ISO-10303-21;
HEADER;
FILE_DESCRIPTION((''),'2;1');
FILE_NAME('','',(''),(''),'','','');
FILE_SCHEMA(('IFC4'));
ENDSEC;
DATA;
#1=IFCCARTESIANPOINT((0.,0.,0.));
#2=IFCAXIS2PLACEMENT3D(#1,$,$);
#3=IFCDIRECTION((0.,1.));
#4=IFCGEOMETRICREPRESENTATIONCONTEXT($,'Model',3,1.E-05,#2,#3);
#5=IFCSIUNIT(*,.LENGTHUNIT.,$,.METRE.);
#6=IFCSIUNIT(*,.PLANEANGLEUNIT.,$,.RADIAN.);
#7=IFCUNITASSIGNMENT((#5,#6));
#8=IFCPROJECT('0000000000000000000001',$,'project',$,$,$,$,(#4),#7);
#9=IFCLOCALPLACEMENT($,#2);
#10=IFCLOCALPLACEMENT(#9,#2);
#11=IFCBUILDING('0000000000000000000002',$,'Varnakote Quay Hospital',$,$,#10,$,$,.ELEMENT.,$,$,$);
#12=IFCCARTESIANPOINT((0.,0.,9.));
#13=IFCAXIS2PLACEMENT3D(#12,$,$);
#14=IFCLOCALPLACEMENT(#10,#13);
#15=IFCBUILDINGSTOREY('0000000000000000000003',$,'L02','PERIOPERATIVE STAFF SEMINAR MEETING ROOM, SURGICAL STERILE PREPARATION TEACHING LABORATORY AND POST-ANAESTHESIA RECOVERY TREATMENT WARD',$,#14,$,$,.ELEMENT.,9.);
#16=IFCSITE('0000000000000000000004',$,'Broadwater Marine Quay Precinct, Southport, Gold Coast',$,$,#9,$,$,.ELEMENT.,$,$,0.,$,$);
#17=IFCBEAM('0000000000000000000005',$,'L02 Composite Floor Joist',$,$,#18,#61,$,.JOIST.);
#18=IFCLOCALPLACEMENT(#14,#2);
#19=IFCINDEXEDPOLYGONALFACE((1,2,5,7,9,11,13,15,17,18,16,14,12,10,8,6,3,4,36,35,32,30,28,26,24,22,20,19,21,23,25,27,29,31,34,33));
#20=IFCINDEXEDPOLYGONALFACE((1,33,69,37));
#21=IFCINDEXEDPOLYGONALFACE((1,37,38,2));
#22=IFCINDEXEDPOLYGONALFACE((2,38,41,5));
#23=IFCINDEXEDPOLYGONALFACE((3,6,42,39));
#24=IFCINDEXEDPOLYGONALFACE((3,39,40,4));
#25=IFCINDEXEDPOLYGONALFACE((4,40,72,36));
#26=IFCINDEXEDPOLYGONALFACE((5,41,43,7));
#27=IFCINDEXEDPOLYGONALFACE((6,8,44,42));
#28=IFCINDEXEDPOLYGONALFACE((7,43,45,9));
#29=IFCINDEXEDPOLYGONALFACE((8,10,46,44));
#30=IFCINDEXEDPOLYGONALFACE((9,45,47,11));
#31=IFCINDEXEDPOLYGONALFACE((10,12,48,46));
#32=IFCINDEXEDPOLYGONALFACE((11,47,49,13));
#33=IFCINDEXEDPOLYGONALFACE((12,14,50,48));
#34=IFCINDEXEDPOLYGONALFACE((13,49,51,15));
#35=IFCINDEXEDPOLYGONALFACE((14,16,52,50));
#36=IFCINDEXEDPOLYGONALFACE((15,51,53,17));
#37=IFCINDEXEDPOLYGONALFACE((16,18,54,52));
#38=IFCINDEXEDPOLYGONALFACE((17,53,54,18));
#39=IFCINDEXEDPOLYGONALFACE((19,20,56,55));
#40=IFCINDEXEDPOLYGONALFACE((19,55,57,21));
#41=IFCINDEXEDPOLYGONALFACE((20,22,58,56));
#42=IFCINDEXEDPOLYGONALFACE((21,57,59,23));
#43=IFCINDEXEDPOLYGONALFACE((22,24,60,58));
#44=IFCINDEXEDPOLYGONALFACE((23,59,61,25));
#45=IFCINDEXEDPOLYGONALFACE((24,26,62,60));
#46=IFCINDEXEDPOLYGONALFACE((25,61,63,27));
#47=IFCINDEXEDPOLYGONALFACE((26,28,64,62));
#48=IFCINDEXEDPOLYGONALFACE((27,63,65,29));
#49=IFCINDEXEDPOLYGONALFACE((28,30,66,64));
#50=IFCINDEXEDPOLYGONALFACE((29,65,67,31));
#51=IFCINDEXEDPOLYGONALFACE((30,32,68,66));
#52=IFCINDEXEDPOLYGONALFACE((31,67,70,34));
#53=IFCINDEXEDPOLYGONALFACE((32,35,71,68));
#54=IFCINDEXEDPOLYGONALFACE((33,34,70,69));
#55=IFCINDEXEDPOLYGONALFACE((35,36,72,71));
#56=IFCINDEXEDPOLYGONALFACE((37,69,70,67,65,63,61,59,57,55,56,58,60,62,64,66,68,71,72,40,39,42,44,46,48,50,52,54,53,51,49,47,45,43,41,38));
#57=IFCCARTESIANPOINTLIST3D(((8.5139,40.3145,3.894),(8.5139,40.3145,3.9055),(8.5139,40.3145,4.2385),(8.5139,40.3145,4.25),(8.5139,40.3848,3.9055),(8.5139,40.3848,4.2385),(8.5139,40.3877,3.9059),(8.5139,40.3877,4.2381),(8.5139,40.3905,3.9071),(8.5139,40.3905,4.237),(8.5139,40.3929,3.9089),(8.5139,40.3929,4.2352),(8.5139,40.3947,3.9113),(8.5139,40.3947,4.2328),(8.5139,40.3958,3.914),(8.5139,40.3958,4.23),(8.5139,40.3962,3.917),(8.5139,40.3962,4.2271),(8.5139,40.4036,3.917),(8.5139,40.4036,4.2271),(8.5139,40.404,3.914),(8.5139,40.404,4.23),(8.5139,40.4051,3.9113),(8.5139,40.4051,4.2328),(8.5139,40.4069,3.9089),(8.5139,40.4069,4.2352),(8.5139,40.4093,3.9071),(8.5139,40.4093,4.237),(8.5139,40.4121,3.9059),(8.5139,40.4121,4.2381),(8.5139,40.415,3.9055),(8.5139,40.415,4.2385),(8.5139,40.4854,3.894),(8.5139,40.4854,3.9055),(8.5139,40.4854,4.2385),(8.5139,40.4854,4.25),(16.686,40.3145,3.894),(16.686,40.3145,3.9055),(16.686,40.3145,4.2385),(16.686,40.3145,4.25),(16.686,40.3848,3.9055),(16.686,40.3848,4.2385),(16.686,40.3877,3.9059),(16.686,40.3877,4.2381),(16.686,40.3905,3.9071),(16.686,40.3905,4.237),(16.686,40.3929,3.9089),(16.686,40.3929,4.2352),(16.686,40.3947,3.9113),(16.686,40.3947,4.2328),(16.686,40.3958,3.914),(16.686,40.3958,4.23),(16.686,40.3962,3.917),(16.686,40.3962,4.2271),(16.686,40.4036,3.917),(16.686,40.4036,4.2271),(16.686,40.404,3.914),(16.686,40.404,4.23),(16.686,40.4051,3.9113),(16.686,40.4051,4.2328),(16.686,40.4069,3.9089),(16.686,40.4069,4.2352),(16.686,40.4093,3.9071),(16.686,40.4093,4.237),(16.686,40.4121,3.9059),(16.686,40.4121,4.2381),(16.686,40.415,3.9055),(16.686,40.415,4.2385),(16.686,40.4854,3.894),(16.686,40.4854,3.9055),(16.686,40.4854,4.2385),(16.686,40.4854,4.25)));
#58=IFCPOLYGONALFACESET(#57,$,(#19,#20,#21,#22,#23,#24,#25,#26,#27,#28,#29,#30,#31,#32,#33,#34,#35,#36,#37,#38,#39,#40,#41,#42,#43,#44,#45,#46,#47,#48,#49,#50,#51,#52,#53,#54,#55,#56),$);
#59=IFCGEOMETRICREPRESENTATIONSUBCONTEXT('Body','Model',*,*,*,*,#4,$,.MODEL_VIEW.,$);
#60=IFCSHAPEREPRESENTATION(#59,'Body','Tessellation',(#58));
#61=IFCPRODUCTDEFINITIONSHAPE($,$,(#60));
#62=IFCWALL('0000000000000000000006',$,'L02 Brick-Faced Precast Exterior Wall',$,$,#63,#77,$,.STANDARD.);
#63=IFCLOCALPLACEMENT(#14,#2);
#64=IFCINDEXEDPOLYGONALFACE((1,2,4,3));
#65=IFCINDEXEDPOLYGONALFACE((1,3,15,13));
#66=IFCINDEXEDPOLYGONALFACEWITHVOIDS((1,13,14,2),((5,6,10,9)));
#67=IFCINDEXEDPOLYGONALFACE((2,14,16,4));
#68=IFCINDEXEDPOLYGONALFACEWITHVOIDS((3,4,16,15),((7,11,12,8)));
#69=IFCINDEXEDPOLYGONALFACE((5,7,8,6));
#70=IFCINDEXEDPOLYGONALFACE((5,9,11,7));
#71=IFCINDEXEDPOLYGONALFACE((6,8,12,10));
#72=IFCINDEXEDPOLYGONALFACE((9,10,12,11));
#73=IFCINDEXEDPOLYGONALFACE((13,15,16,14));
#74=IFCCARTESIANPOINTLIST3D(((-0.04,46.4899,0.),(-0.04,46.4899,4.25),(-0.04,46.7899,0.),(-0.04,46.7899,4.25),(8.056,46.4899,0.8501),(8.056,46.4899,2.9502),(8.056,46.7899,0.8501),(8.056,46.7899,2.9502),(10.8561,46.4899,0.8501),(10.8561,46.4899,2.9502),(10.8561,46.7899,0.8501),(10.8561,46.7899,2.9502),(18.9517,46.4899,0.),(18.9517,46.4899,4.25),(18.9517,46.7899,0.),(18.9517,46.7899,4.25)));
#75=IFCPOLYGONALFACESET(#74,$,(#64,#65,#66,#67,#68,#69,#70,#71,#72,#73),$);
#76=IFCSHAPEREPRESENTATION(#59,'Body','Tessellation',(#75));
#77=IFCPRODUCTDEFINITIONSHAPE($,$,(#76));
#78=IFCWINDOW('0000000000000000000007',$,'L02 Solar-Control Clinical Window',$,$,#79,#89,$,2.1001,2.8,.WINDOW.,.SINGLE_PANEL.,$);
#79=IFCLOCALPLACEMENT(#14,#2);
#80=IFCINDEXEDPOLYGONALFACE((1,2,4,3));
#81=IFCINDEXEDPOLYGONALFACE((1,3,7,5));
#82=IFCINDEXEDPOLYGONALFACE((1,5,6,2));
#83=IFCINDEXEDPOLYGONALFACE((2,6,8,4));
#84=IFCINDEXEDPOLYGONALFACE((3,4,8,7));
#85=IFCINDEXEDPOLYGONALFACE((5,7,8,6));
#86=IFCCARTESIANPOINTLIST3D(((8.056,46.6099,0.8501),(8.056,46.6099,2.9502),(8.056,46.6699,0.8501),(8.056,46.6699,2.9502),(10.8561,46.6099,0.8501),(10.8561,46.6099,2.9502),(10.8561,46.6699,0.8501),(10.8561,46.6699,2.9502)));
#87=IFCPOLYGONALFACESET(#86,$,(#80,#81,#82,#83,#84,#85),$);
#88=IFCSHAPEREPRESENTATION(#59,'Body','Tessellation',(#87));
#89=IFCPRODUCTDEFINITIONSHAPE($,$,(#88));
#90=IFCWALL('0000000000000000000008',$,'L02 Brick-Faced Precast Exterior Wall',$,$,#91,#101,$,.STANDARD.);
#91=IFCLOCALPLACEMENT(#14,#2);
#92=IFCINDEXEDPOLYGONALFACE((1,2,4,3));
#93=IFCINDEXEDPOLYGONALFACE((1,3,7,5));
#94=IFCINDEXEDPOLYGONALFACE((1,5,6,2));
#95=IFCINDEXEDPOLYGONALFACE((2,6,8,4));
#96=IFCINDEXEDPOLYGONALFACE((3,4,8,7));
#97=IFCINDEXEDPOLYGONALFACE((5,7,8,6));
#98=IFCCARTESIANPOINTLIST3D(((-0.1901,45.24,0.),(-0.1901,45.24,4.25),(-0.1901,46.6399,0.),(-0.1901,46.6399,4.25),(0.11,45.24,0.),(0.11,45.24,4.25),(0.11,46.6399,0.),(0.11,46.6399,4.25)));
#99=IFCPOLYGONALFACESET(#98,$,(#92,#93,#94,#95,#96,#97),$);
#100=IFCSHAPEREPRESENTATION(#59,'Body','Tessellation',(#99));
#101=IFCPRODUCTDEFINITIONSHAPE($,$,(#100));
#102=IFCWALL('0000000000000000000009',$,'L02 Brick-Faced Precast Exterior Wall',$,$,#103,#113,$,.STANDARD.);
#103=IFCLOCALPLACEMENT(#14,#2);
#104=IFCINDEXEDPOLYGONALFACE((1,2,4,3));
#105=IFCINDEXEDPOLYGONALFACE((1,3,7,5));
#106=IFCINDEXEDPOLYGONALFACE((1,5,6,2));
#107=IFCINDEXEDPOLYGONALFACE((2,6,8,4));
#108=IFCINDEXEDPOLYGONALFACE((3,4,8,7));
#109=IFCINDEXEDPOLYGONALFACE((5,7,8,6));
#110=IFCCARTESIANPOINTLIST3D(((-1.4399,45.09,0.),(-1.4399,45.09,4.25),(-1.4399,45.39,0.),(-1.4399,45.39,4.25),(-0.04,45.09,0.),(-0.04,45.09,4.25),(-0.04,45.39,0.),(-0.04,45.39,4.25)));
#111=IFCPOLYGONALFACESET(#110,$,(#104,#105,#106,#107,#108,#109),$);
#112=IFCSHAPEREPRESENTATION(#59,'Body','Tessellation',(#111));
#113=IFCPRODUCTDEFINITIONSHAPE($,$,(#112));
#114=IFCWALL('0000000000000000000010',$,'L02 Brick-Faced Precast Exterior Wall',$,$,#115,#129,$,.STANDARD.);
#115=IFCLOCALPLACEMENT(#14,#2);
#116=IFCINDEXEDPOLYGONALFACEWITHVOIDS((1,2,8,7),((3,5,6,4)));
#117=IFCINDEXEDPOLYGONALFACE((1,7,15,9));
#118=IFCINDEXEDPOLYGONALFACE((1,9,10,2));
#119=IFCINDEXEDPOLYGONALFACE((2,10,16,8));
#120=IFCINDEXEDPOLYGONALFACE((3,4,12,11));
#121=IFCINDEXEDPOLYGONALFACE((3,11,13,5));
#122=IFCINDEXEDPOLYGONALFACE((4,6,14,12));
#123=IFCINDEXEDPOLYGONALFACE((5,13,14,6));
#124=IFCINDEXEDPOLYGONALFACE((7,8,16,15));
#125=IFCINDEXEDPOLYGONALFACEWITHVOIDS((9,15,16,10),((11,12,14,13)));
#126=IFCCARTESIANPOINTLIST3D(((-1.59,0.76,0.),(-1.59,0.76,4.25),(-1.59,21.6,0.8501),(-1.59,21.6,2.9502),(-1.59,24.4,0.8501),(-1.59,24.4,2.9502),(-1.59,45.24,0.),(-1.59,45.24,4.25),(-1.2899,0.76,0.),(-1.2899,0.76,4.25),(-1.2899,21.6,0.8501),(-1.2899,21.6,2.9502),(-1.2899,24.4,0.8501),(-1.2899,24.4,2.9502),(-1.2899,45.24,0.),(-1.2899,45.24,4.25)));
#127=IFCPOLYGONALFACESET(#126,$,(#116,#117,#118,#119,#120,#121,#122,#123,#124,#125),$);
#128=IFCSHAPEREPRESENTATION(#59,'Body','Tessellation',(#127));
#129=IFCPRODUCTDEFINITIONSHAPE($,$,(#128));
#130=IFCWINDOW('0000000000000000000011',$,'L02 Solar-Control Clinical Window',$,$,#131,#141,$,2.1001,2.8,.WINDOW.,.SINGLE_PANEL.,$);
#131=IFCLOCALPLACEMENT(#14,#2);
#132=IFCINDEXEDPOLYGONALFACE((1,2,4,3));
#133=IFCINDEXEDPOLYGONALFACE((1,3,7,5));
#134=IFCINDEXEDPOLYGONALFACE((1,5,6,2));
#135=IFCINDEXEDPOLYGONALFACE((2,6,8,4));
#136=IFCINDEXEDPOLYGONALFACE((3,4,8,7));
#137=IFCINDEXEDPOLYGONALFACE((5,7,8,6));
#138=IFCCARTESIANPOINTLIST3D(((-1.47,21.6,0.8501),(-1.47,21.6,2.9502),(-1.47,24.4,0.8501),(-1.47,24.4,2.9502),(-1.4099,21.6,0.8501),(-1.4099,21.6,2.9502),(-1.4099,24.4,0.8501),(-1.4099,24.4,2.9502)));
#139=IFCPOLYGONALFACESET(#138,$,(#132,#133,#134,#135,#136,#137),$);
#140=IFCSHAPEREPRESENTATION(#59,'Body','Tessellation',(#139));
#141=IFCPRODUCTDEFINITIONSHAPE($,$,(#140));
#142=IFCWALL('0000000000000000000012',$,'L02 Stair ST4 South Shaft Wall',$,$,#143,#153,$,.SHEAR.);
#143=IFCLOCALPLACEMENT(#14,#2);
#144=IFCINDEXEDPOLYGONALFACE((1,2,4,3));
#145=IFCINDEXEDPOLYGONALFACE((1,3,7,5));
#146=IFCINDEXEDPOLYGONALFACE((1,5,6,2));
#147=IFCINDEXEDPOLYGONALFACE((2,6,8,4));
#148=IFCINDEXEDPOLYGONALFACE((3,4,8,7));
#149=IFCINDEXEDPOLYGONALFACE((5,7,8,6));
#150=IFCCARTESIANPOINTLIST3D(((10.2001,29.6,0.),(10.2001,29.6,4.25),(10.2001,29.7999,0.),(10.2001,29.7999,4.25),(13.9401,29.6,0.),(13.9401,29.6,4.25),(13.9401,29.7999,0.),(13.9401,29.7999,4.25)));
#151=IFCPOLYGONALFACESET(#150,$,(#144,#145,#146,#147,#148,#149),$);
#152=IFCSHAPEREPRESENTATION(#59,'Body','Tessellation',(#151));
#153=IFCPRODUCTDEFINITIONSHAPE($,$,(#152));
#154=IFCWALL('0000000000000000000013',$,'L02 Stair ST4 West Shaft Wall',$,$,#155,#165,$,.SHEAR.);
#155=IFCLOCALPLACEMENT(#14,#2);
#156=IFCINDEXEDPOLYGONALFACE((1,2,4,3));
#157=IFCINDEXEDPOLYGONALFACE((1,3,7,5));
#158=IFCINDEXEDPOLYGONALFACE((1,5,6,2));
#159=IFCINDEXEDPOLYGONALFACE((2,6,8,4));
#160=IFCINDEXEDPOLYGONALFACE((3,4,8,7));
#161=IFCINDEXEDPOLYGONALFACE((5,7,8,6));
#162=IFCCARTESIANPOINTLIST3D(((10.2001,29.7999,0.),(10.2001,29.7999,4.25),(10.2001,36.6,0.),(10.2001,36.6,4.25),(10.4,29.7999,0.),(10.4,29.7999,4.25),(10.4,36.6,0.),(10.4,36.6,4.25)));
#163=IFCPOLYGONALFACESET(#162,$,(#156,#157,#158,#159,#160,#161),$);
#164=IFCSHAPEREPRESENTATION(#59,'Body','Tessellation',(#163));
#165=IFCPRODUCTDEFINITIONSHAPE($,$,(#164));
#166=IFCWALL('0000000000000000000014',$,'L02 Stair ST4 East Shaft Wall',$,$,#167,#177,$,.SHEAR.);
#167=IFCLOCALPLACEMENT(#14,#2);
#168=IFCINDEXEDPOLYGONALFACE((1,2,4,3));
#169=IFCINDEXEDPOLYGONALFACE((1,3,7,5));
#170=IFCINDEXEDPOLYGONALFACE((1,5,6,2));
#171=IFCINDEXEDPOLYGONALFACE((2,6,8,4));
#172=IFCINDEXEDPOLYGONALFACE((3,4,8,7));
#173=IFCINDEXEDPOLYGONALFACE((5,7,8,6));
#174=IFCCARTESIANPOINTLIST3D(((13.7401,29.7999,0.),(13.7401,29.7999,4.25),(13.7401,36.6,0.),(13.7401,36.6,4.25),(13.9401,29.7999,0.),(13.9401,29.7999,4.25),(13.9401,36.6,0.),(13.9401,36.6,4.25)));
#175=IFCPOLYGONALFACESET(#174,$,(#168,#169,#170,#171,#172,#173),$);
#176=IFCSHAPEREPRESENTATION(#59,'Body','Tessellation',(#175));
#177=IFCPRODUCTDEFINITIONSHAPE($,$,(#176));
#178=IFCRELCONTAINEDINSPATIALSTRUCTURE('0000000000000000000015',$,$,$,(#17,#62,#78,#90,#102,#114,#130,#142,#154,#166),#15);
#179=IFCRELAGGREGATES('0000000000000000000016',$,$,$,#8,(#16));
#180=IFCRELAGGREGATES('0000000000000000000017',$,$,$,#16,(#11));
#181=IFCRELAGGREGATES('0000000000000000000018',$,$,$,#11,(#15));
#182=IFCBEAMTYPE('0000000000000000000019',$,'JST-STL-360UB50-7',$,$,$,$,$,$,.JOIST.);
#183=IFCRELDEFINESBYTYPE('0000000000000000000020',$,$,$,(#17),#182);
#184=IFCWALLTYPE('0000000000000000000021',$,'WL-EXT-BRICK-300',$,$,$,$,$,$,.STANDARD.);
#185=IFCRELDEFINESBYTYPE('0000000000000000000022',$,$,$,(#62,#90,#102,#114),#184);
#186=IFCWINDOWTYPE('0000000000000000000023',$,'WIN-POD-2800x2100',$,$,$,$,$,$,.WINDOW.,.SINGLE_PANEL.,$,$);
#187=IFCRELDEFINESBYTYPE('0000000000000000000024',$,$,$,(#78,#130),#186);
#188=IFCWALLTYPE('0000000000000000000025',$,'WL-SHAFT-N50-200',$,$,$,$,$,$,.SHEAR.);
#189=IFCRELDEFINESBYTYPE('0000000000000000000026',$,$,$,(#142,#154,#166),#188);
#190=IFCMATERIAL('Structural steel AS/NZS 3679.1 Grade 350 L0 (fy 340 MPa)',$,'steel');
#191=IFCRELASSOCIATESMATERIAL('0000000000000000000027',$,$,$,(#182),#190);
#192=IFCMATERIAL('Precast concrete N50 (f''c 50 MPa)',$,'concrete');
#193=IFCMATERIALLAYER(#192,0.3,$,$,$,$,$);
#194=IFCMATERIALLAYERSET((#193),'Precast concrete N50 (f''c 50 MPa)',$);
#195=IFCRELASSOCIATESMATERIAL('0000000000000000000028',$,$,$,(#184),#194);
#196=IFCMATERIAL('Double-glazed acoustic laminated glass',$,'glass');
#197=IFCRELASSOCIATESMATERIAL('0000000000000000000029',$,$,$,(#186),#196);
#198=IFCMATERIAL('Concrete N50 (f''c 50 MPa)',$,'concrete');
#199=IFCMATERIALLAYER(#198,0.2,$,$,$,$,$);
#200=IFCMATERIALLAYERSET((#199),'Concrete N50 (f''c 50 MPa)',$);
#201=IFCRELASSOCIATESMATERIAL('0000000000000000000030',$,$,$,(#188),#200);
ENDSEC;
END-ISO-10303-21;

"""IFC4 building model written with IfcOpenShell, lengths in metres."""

from ifc_helpers import new_model, si_unit, direction, frame, frame_2d, origin, origin_2d, place, context, subcontext, project, spatial, rectangle, i_section, extrude, material, layer, layer_set, material_profile, profile_set, type_object, element, fill, save


model = new_model("IFC4")

# Units and contexts
model_context = context("Model", 3, precision=1e-05, world=origin(), true_north=direction((0.0, 1.0)))
body_context = subcontext(model_context, "Body", "Model", "MODEL_VIEW")
ifc_project = project(units=[si_unit("LENGTHUNIT", "METRE"), si_unit("PLANEANGLEUNIT", "RADIAN")], contexts=[model_context])

# Site, building, storey
site_placement = place(None, origin())
site = spatial("IfcSite", under=ifc_project, at=site_placement, Name="Broadwater Marine Quay Precinct, Southport, Gold Coast", CompositionType="ELEMENT", RefElevation=0.0)
building_placement = place(site_placement, origin())
building = spatial("IfcBuilding", under=site, at=building_placement, Name="Varnakote Quay Hospital", CompositionType="ELEMENT")
storey_placement = place(building_placement, frame((0.0, 0.0, 9.0)))
storey = spatial("IfcBuildingStorey", under=building, at=storey_placement, Name="L02", Description="PERIOPERATIVE STAFF SEMINAR MEETING ROOM, SURGICAL STERILE PREPARATION TEACHING LABORATORY AND POST-ANAESTHESIA RECOVERY TREATMENT WARD", CompositionType="ELEMENT", Elevation=9.0)

# Beam
ifc_material_1 = material(Name="Structural steel AS/NZS 3679.1 Grade 350 L0 (fy 340 MPa)", Category="steel")
ifc_material_profile_1 = material_profile(ifc_material_1, i_section(OverallWidth=0.1709, OverallDepth=0.356, WebThickness=0.0073, FlangeThickness=0.0115, FilletRadius=0.0115, at=origin_2d()), Name="360UB50.7")
ifc_profile_set_1 = profile_set([ifc_material_profile_1], Name="Structural steel AS/NZS 3679.1 Grade 350 L0 (fy 340 MPa)")
beam_type_1 = type_object("IfcBeamType", Name="JST-STL-360UB50-7", PredefinedType="JOIST", material=ifc_profile_set_1)
beam_1_placement = place(storey_placement, frame((8.5139, 40.3999, 4.072), z_axis=(1.0, 0.0, 0.0), x_axis=(0.0, 1.0, 0.0)))
element("IfcBeam", 1, at=beam_1_placement, inside=storey, type_object=beam_type_1, Name="L02 Composite Floor Joist", PredefinedType="JOIST", context=body_context, shape_type="SweptSolid", body=[
    extrude(i_section(OverallWidth=0.1709, OverallDepth=0.356, WebThickness=0.0073, FlangeThickness=0.0115, FilletRadius=0.0115, at=origin_2d()), origin(), (0.0, 0.0, 1.0), 8.1721),
])

# Wall, opening, window
ifc_material_2 = material(Name="Precast concrete N50 (f'c 50 MPa)", Category="concrete")
ifc_layer_1 = layer(ifc_material_2, 0.3)
ifc_layer_set_1 = layer_set([ifc_layer_1], Name="Precast concrete N50 (f'c 50 MPa)")
wall_type_1 = type_object("IfcWallType", Name="WL-EXT-BRICK-300", PredefinedType="STANDARD", material=ifc_layer_set_1)
wall_1_placement = place(storey_placement, frame((18.9517, 46.6399, 0.0), z_axis=(0.0, 0.0, 1.0), x_axis=(-1.0, 0.0, 0.0)))
wall_1 = element("IfcWall", 2, at=wall_1_placement, inside=storey, type_object=wall_type_1, Name="L02 Brick-Faced Precast Exterior Wall", PredefinedType="STANDARD", context=body_context, shape_type="SweptSolid", body=[
    extrude(rectangle(XDim=18.9917, YDim=0.3, at=frame_2d((9.4958, 0.0))), origin(), (0.0, 0.0, 1.0), 4.25),
])
opening_1_placement = place(wall_1_placement, frame((8.0957, 0.0, 0.8501)))
opening_1 = element("IfcOpeningElement", 3, at=opening_1_placement, cuts=wall_1, PredefinedType="OPENING", context=body_context, shape_type="SweptSolid", body=[
    extrude(rectangle(XDim=2.8, YDim=2.1001, at=frame_2d((1.3999, 1.05))), frame((0.0, 0.1599, 0.0), z_axis=(0.0, -1.0, 0.0), x_axis=(1.0, 0.0, 0.0)), (0.0, 0.0, 1.0), 0.3201),
])
ifc_material_3 = material(Name="Double-glazed acoustic laminated glass", Category="glass")
window_type = type_object("IfcWindowType", Name="WIN-POD-2800x2100", PartitioningType="SINGLE_PANEL", PredefinedType="WINDOW", material=ifc_material_3)
window_1_placement = place(opening_1_placement, origin())
window_1 = element("IfcWindow", 4, at=window_1_placement, inside=storey, type_object=window_type, Name="L02 Solar-Control Clinical Window", OverallHeight=2.1001, OverallWidth=2.8, PartitioningType="SINGLE_PANEL", PredefinedType="WINDOW", context=body_context, shape_type="SweptSolid", body=[
    extrude(rectangle(XDim=2.8, YDim=2.1001, at=frame_2d((1.3999, 1.05))), frame((0.0, 0.03, 0.0), z_axis=(0.0, -1.0, 0.0), x_axis=(1.0, 0.0, 0.0)), (0.0, 0.0, 1.0), 0.0601),
])
fill(opening_1, window_1)

# Walls
for number, where, z_axis, x_axis, name in (
    (5, (-0.04, 46.6399, 0.0), (0.0, 0.0, 1.0), (0.0, -1.0, 0.0), "L02 Brick-Faced Precast Exterior Wall"),
    (6, (-0.04, 45.24, 0.0), (0.0, 0.0, 1.0), (-1.0, 0.0, 0.0), "L02 Brick-Faced Precast Exterior Wall"),
):
    element("IfcWall", number, at=place(storey_placement, frame(where, z_axis=z_axis, x_axis=x_axis)), inside=storey, type_object=wall_type_1, Name=name, PredefinedType="STANDARD", context=body_context, shape_type="SweptSolid", body=[
        extrude(rectangle(XDim=1.3999, YDim=0.3, at=frame_2d((0.7, 0.0))), origin(), (0.0, 0.0, 1.0), 4.25),
    ])

# Wall, opening, window
wall_2_placement = place(storey_placement, frame((-1.4399, 45.24, 0.0), z_axis=(0.0, 0.0, 1.0), x_axis=(0.0, -1.0, 0.0)))
wall_2 = element("IfcWall", 7, at=wall_2_placement, inside=storey, type_object=wall_type_1, Name="L02 Brick-Faced Precast Exterior Wall", PredefinedType="STANDARD", context=body_context, shape_type="SweptSolid", body=[
    extrude(rectangle(XDim=44.48, YDim=0.3, at=frame_2d((22.24, 0.0))), origin(), (0.0, 0.0, 1.0), 4.25),
])
opening_2_placement = place(wall_2_placement, frame((20.8401, 0.0, 0.8501)))
opening_2 = element("IfcOpeningElement", 8, at=opening_2_placement, cuts=wall_2, PredefinedType="OPENING", context=body_context, shape_type="SweptSolid", body=[
    extrude(rectangle(XDim=2.8, YDim=2.1001, at=frame_2d((1.3999, 1.05))), frame((0.0, 0.1599, 0.0), z_axis=(0.0, -1.0, 0.0), x_axis=(1.0, 0.0, 0.0)), (0.0, 0.0, 1.0), 0.3201),
])
window_2_placement = place(opening_2_placement, origin())
window_2 = element("IfcWindow", 9, at=window_2_placement, inside=storey, type_object=window_type, Name="L02 Solar-Control Clinical Window", OverallHeight=2.1001, OverallWidth=2.8, PartitioningType="SINGLE_PANEL", PredefinedType="WINDOW", context=body_context, shape_type="SweptSolid", body=[
    extrude(rectangle(XDim=2.8, YDim=2.1001, at=frame_2d((1.3999, 1.05))), frame((0.0, 0.03, 0.0), z_axis=(0.0, -1.0, 0.0), x_axis=(1.0, 0.0, 0.0)), (0.0, 0.0, 1.0), 0.0601),
])
fill(opening_2, window_2)

# Walls
ifc_material_4 = material(Name="Concrete N50 (f'c 50 MPa)", Category="concrete")
ifc_layer_2 = layer(ifc_material_4, 0.2)
ifc_layer_set_2 = layer_set([ifc_layer_2], Name="Concrete N50 (f'c 50 MPa)")
wall_type_2 = type_object("IfcWallType", Name="WL-SHAFT-N50-200", PredefinedType="SHEAR", material=ifc_layer_set_2)
wall_3_placement = place(storey_placement, frame((10.2, 29.7, 0.0), z_axis=(0.0, 0.0, 1.0), x_axis=(1.0, 0.0, 0.0)))
element("IfcWall", 10, at=wall_3_placement, inside=storey, type_object=wall_type_2, Name="L02 Stair ST4 South Shaft Wall", PredefinedType="SHEAR", context=body_context, shape_type="SweptSolid", body=[
    extrude(rectangle(XDim=3.74, YDim=0.2, at=frame_2d((1.8701, 0.0))), origin(), (0.0, 0.0, 1.0), 4.25),
])
for number, where, z_axis, x_axis, name in (
    (11, (10.3, 29.8, 0.0), (0.0, 0.0, 1.0), (0.0, 1.0, 0.0), "L02 Stair ST4 West Shaft Wall"),
    (12, (13.8401, 29.8, 0.0), (0.0, 0.0, 1.0), (0.0, 1.0, 0.0), "L02 Stair ST4 East Shaft Wall"),
):
    element("IfcWall", number, at=place(storey_placement, frame(where, z_axis=z_axis, x_axis=x_axis)), inside=storey, type_object=wall_type_2, Name=name, PredefinedType="SHEAR", context=body_context, shape_type="SweptSolid", body=[
        extrude(rectangle(XDim=6.8, YDim=0.2, at=frame_2d((3.3999, 0.0))), origin(), (0.0, 0.0, 1.0), 4.25),
    ])

save(model, "model.ifc")
